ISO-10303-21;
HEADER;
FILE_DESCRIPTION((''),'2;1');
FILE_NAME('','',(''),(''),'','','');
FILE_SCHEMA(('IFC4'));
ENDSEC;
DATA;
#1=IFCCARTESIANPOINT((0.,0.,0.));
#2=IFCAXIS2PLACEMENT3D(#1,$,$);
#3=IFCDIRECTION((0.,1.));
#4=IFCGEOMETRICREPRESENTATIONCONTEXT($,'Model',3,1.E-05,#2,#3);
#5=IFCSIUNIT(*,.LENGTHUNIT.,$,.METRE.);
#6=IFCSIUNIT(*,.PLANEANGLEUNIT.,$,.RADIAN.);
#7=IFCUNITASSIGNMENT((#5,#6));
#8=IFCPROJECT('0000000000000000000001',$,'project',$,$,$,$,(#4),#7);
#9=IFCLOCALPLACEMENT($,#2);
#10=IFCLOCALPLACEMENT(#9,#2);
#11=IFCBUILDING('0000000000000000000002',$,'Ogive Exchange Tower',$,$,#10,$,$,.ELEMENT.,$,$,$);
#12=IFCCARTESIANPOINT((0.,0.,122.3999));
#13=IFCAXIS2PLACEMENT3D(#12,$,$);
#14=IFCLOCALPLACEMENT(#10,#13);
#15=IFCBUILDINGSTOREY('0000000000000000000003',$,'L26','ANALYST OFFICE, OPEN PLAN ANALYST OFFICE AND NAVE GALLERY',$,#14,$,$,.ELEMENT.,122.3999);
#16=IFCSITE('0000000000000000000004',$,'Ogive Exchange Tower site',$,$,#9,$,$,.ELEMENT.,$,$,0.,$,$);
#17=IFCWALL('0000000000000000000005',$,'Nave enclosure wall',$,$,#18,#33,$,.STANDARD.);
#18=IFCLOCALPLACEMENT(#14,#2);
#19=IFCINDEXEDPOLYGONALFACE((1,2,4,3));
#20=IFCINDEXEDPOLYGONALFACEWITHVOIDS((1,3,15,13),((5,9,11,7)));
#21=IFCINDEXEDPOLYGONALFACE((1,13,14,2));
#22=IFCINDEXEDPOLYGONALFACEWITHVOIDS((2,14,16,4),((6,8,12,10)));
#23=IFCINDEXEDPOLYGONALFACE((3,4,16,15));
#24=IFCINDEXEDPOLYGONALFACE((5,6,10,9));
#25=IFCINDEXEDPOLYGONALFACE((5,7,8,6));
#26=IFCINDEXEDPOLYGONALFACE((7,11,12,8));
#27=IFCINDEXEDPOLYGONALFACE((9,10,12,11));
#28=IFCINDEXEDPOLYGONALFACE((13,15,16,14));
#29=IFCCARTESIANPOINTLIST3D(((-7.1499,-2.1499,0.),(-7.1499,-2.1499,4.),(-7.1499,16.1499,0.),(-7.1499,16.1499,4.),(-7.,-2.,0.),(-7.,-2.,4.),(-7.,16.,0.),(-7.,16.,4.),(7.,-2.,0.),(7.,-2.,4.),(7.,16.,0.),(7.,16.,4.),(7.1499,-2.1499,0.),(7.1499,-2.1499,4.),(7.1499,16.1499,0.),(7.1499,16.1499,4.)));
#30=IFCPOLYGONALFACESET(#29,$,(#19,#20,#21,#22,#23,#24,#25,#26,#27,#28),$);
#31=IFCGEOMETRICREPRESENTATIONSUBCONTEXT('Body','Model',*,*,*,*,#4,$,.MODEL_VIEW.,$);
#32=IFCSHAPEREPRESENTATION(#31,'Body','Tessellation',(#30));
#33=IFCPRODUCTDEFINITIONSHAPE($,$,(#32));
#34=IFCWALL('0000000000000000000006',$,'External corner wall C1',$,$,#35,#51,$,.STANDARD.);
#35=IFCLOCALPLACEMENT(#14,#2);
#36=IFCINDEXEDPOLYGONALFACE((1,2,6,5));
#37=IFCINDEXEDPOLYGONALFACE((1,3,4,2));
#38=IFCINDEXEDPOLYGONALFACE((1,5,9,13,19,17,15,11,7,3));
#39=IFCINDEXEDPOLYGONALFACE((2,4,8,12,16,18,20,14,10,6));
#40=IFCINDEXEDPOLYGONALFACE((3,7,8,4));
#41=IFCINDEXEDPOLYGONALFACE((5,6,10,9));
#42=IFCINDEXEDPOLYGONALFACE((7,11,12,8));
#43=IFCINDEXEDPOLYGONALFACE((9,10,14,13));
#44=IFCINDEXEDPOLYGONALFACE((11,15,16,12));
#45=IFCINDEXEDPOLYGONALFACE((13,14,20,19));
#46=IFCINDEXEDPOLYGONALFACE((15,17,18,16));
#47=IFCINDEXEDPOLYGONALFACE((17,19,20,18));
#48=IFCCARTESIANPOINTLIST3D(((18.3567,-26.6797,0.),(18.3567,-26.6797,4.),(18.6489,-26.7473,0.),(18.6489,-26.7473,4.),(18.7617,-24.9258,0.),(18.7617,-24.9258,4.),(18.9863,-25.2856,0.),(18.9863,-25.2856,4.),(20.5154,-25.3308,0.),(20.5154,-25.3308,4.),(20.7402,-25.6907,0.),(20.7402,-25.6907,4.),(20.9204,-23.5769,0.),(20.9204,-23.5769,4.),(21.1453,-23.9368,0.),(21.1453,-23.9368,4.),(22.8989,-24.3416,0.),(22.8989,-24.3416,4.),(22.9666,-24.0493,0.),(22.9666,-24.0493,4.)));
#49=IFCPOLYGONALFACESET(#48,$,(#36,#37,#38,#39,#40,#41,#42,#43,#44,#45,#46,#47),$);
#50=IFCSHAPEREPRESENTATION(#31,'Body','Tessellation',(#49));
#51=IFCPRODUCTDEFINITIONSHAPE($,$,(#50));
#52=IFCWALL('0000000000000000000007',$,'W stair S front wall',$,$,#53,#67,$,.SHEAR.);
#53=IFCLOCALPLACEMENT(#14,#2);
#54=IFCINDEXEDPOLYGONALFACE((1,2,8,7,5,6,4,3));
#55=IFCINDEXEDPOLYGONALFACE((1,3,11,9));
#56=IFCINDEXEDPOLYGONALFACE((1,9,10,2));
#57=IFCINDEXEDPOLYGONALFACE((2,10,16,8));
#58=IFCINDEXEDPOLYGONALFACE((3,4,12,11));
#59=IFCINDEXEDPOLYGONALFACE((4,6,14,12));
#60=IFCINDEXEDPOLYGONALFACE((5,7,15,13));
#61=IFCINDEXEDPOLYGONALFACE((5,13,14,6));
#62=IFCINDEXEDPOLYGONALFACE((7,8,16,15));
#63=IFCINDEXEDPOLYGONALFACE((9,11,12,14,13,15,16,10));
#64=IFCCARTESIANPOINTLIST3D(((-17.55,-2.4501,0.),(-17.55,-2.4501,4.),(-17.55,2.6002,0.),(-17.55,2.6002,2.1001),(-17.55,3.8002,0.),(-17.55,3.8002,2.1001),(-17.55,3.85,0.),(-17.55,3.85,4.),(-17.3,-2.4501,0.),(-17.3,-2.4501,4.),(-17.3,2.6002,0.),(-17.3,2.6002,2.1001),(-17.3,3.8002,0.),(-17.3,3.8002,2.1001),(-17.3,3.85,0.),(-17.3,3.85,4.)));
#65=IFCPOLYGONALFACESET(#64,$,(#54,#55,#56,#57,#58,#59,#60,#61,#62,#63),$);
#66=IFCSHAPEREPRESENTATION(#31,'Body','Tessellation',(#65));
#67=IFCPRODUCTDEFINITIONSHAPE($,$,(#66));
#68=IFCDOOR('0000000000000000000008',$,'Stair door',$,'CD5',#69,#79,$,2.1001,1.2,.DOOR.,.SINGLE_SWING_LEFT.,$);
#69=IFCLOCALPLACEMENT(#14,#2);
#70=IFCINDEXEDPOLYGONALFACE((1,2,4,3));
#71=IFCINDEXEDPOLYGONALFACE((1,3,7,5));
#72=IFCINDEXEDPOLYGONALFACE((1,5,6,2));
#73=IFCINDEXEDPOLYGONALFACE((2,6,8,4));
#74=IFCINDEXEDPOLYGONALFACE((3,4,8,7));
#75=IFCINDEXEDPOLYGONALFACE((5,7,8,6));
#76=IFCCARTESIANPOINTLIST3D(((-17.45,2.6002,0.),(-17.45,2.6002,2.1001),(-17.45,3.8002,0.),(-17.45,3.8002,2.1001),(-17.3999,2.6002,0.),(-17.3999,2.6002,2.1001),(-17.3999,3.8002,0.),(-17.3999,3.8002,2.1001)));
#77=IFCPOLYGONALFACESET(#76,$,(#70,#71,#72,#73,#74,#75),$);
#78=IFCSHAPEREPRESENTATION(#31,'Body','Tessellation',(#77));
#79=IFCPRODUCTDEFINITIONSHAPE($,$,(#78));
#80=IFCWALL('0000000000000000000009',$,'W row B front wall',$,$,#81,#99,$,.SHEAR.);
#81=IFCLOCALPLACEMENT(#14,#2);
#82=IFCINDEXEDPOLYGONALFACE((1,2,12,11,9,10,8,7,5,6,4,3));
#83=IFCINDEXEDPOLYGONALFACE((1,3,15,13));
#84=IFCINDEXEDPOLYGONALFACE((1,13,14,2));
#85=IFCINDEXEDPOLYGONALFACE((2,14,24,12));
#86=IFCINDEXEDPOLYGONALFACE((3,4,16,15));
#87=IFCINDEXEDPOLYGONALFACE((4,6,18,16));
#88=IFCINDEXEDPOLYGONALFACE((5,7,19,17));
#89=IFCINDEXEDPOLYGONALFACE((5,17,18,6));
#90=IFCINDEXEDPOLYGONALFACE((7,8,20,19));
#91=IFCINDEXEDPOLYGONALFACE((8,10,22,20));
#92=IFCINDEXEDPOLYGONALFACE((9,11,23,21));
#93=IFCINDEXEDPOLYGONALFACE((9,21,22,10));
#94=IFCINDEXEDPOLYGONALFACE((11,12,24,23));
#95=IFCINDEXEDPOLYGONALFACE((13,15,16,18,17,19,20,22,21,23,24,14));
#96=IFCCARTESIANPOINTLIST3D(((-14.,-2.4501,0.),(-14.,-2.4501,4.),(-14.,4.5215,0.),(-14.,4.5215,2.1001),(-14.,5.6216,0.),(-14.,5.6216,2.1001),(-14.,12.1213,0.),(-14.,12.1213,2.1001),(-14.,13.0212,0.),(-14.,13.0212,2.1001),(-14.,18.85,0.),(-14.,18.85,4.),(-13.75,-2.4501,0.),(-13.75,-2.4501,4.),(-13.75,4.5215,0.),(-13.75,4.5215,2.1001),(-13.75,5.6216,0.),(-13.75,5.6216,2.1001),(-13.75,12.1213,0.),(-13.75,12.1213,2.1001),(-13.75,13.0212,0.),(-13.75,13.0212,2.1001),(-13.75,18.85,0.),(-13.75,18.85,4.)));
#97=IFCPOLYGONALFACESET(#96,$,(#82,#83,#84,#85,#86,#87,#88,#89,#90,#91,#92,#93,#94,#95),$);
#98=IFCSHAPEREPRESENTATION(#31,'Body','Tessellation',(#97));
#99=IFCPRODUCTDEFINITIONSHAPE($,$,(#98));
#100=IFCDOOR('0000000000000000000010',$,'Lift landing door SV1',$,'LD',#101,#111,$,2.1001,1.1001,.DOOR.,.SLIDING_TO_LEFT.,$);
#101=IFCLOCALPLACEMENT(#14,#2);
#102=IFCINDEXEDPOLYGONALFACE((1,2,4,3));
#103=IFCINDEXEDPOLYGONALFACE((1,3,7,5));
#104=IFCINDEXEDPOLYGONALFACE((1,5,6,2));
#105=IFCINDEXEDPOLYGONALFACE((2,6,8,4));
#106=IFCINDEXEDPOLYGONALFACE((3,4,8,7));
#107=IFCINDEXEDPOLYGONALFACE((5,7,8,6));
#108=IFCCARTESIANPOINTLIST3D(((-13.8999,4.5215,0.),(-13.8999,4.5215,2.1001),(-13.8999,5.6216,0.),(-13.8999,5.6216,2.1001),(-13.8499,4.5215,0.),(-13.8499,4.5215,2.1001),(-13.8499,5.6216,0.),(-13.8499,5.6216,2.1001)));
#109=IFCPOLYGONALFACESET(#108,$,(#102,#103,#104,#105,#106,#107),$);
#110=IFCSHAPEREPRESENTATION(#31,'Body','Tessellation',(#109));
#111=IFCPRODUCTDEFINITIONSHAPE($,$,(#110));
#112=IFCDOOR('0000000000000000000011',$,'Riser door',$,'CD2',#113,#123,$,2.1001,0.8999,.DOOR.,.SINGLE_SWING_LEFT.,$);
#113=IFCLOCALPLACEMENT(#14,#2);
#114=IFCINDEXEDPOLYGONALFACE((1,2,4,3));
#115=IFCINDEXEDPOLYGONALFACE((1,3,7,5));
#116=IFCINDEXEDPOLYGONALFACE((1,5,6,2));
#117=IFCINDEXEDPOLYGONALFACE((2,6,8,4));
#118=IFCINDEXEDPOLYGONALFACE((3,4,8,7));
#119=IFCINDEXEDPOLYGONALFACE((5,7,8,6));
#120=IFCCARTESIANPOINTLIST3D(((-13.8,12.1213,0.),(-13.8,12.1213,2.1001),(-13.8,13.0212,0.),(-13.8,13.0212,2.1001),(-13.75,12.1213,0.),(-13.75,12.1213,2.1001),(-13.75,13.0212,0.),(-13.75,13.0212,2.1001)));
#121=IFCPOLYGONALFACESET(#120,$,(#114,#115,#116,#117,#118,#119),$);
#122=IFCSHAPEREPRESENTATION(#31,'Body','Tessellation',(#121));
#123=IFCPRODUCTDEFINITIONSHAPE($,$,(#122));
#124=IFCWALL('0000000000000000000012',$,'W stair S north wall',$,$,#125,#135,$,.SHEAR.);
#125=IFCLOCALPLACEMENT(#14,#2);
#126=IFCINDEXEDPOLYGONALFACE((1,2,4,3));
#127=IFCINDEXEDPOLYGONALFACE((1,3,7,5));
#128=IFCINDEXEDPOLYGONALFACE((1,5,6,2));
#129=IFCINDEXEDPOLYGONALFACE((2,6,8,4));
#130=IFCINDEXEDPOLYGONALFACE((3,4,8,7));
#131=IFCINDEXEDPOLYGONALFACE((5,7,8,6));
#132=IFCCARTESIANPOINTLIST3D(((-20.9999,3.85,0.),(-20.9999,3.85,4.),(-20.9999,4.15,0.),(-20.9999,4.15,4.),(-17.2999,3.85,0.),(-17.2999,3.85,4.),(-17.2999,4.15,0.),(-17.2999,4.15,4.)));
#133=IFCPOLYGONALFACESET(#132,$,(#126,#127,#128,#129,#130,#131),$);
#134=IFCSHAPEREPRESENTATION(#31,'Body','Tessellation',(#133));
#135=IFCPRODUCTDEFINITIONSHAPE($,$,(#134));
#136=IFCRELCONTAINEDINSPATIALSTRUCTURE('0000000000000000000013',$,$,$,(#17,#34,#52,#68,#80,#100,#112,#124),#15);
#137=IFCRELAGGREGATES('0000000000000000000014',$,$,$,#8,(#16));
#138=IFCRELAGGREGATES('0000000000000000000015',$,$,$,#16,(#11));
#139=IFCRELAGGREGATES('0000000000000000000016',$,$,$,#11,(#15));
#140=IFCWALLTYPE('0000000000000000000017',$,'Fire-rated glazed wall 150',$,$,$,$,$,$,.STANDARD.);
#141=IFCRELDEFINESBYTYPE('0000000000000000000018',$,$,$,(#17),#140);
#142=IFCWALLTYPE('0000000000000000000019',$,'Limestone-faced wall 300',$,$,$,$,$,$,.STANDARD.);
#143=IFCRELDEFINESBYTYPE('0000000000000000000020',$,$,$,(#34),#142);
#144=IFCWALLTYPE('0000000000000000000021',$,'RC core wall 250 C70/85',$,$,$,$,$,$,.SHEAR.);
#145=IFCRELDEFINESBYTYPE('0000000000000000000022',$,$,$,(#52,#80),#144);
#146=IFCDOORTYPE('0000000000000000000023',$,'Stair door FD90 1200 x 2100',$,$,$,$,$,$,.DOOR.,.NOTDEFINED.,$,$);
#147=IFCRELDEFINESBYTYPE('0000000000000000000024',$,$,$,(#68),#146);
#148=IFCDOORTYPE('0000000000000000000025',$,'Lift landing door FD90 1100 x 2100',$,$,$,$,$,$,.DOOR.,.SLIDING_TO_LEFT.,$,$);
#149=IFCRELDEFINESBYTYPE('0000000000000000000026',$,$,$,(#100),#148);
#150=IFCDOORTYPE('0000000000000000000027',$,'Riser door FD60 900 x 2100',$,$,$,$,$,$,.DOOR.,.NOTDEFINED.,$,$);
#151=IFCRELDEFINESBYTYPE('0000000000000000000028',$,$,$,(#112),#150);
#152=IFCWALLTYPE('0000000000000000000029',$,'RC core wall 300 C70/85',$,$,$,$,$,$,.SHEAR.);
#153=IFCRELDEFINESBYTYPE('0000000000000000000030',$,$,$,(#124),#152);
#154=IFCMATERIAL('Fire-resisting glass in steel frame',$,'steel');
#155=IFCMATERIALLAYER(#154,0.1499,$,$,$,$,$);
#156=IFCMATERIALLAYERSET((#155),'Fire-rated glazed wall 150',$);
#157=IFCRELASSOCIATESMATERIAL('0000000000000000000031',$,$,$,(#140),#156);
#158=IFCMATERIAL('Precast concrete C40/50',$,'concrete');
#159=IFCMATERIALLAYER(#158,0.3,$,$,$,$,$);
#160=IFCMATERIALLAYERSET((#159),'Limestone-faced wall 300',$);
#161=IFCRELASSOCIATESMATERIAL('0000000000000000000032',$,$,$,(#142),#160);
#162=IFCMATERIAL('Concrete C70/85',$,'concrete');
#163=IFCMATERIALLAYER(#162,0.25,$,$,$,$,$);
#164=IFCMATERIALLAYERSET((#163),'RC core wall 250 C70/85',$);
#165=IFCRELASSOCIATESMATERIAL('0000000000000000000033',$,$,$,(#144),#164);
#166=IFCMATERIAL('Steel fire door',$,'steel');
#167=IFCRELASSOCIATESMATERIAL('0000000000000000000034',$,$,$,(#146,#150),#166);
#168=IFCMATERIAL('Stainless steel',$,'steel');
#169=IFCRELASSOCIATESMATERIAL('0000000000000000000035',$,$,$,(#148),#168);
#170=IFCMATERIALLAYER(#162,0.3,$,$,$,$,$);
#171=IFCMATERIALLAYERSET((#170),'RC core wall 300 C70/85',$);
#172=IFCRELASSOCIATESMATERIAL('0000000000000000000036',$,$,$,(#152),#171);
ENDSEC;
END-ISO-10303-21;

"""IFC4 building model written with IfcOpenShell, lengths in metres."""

from ifc_helpers import new_model, si_unit, direction, frame, frame_2d, origin, place, context, subcontext, project, spatial, polyline, rectangle, outline, extrude, material, layer, layer_set, type_object, element, fill, save


model = new_model("IFC4")

# Units and contexts
model_context = context("Model", 3, precision=1e-05, world=origin(), true_north=direction((0.0, 1.0)))
body_context = subcontext(model_context, "Body", "Model", "MODEL_VIEW")
ifc_project = project(units=[si_unit("LENGTHUNIT", "METRE"), si_unit("PLANEANGLEUNIT", "RADIAN")], contexts=[model_context])

# Site, building, storey
site_placement = place(None, origin())
site = spatial("IfcSite", under=ifc_project, at=site_placement, Name="Ogive Exchange Tower site", CompositionType="ELEMENT", RefElevation=0.0)
building_placement = place(site_placement, origin())
building = spatial("IfcBuilding", under=site, at=building_placement, Name="Ogive Exchange Tower", CompositionType="ELEMENT")
storey_placement = place(building_placement, frame((0.0, 0.0, 122.3999)))
storey = spatial("IfcBuildingStorey", under=building, at=storey_placement, Name="L26", Description="ANALYST OFFICE, OPEN PLAN ANALYST OFFICE AND NAVE GALLERY", CompositionType="ELEMENT", Elevation=122.3999)

# Walls
ifc_material_1 = material(Name="Fire-resisting glass in steel frame", Category="steel")
ifc_layer_1 = layer(ifc_material_1, 0.1499)
ifc_layer_set_1 = layer_set([ifc_layer_1], Name="Fire-rated glazed wall 150")
wall_type_1 = type_object("IfcWallType", Name="Fire-rated glazed wall 150", PredefinedType="STANDARD", material=ifc_layer_set_1)
wall_1_placement = place(storey_placement, origin())
element("IfcWall", 1, at=wall_1_placement, inside=storey, type_object=wall_type_1, Name="Nave enclosure wall", PredefinedType="STANDARD", context=body_context, shape_type="SweptSolid", body=[
    extrude(outline(polyline([(-7.1499, -2.1499), (7.1499, -2.1499), (7.1499, 16.1499), (-7.1499, 16.1499), (-7.1499, -2.1499)]), holes=[polyline([(-7.0, -2.0), (-7.0, 16.0), (7.0, 16.0), (7.0, -2.0), (-7.0, -2.0)])]), origin(), (0.0, 0.0, 1.0), 4.0),
])
ifc_material_2 = material(Name="Precast concrete C40/50", Category="concrete")
ifc_layer_2 = layer(ifc_material_2, 0.3)
ifc_layer_set_2 = layer_set([ifc_layer_2], Name="Limestone-faced wall 300")
wall_type_2 = type_object("IfcWallType", Name="Limestone-faced wall 300", PredefinedType="STANDARD", material=ifc_layer_set_2)
wall_2_placement = place(storey_placement, origin())
element("IfcWall", 2, at=wall_2_placement, inside=storey, type_object=wall_type_2, Name="External corner wall C1", PredefinedType="STANDARD", context=body_context, shape_type="SweptSolid", body=[
    extrude(outline(polyline([(20.5154, -25.3308), (20.9204, -23.5769), (22.9666, -24.0493), (22.8989, -24.3416), (21.1453, -23.9368), (20.7402, -25.6907), (18.9863, -25.2856), (18.6489, -26.7473), (18.3567, -26.6797), (18.7617, -24.9258), (20.5154, -25.3308)])), origin(), (0.0, 0.0, 1.0), 4.0),
])

# Wall, opening, door
ifc_material_3 = material(Name="Concrete C70/85", Category="concrete")
ifc_layer_3 = layer(ifc_material_3, 0.25)
ifc_layer_set_3 = layer_set([ifc_layer_3], Name="RC core wall 250 C70/85")
wall_type_3 = type_object("IfcWallType", Name="RC core wall 250 C70/85", PredefinedType="SHEAR", material=ifc_layer_set_3)
wall_3_placement = place(storey_placement, frame((-17.425, -2.45, 0.0), z_axis=(0.0, 0.0, 1.0), x_axis=(0.0, 1.0, 0.0)))
wall_3 = element("IfcWall", 3, at=wall_3_placement, inside=storey, type_object=wall_type_3, Name="W stair S front wall", PredefinedType="SHEAR", context=body_context, shape_type="SweptSolid", body=[
    extrude(rectangle(XDim=6.3, YDim=0.25, at=frame_2d((3.1499, 0.0))), origin(), (0.0, 0.0, 1.0), 4.0),
])
opening_1_placement = place(wall_3_placement, frame((5.05, 0.0, 0.0)))
opening_1 = element("IfcOpeningElement", 4, at=opening_1_placement, cuts=wall_3, PredefinedType="OPENING", context=body_context, shape_type="SweptSolid", body=[
    extrude(rectangle(XDim=1.2, YDim=2.1001, at=frame_2d((0.6001, 1.05))), frame((0.0, 0.135, 0.0), z_axis=(0.0, -1.0, 0.0), x_axis=(1.0, 0.0, 0.0)), (0.0, 0.0, 1.0), 0.27),
])
ifc_material_4 = material(Name="Steel fire door", Category="steel")
door_type_1 = type_object("IfcDoorType", Name="Stair door FD90 1200 x 2100", OperationType="NOTDEFINED", PredefinedType="DOOR", material=ifc_material_4)
door_1_placement = place(opening_1_placement, origin())
door_1 = element("IfcDoor", 5, at=door_1_placement, inside=storey, type_object=door_type_1, Name="Stair door", ObjectType="CD5", OperationType="SINGLE_SWING_LEFT", OverallHeight=2.1001, OverallWidth=1.2, PredefinedType="DOOR", context=body_context, shape_type="SweptSolid", body=[
    extrude(rectangle(XDim=1.2, YDim=2.1001, at=frame_2d((0.6001, 1.05))), frame((0.0, 0.0249, 0.0), z_axis=(0.0, -1.0, 0.0), x_axis=(1.0, 0.0, 0.0)), (0.0, 0.0, 1.0), 0.05),
])
fill(opening_1, door_1)

# Wall, openings, doors
wall_4_placement = place(storey_placement, frame((-13.875, -2.45, 0.0), z_axis=(0.0, 0.0, 1.0), x_axis=(0.0, 1.0, 0.0)))
wall_4 = element("IfcWall", 6, at=wall_4_placement, inside=storey, type_object=wall_type_3, Name="W row B front wall", PredefinedType="SHEAR", context=body_context, shape_type="SweptSolid", body=[
    extrude(rectangle(XDim=21.3, YDim=0.25, at=frame_2d((10.6499, 0.0))), origin(), (0.0, 0.0, 1.0), 4.0),
])
opening_2_placement = place(wall_4_placement, frame((14.5713, 0.0, 0.0)))
opening_2 = element("IfcOpeningElement", 7, at=opening_2_placement, cuts=wall_4, PredefinedType="OPENING", context=body_context, shape_type="SweptSolid", body=[
    extrude(rectangle(XDim=0.8999, YDim=2.1001, at=frame_2d((0.45, 1.05))), frame((0.0, 0.135, 0.0), z_axis=(0.0, -1.0, 0.0), x_axis=(1.0, 0.0, 0.0)), (0.0, 0.0, 1.0), 0.27),
])
opening_3_placement = place(wall_4_placement, frame((6.9714, 0.0, 0.0)))
opening_3 = element("IfcOpeningElement", 8, at=opening_3_placement, cuts=wall_4, PredefinedType="OPENING", context=body_context, shape_type="SweptSolid", body=[
    extrude(rectangle(XDim=1.1001, YDim=2.1001, at=frame_2d((0.55, 1.05))), frame((0.0, 0.135, 0.0), z_axis=(0.0, -1.0, 0.0), x_axis=(1.0, 0.0, 0.0)), (0.0, 0.0, 1.0), 0.27),
])
ifc_material_5 = material(Name="Stainless steel", Category="steel")
door_type_2 = type_object("IfcDoorType", Name="Lift landing door FD90 1100 x 2100", OperationType="SLIDING_TO_LEFT", PredefinedType="DOOR", material=ifc_material_5)
door_2_placement = place(opening_3_placement, origin())
door_2 = element("IfcDoor", 9, at=door_2_placement, inside=storey, type_object=door_type_2, Name="Lift landing door SV1", ObjectType="LD", OperationType="SLIDING_TO_LEFT", OverallHeight=2.1001, OverallWidth=1.1001, PredefinedType="DOOR", context=body_context, shape_type="SweptSolid", body=[
    extrude(rectangle(XDim=1.1001, YDim=2.1001, at=frame_2d((0.55, 1.05))), frame((0.0, 0.0249, 0.0), z_axis=(0.0, -1.0, 0.0), x_axis=(1.0, 0.0, 0.0)), (0.0, 0.0, 1.0), 0.05),
])
fill(opening_3, door_2)
door_type_3 = type_object("IfcDoorType", Name="Riser door FD60 900 x 2100", OperationType="NOTDEFINED", PredefinedType="DOOR", material=ifc_material_4)
door_3_placement = place(opening_2_placement, frame((0.8999, -0.2002, 0.0), z_axis=(0.0, 0.0, 1.0), x_axis=(-1.0, 0.0, 0.0)))
door_3 = element("IfcDoor", 10, at=door_3_placement, inside=storey, type_object=door_type_3, Name="Riser door", ObjectType="CD2", OperationType="SINGLE_SWING_LEFT", OverallHeight=2.1001, OverallWidth=0.8999, PredefinedType="DOOR", context=body_context, shape_type="SweptSolid", body=[
    extrude(rectangle(XDim=0.8999, YDim=2.1001, at=frame_2d((0.45, 1.05))), frame((0.0, -0.0752, 0.0), z_axis=(0.0, -1.0, 0.0), x_axis=(1.0, 0.0, 0.0)), (0.0, 0.0, 1.0), 0.05),
])
fill(opening_2, door_3)

# Wall
ifc_layer_4 = layer(ifc_material_3, 0.3)
ifc_layer_set_4 = layer_set([ifc_layer_4], Name="RC core wall 300 C70/85")
wall_type_4 = type_object("IfcWallType", Name="RC core wall 300 C70/85", PredefinedType="SHEAR", material=ifc_layer_set_4)
wall_5_placement = place(storey_placement, frame((-21.0, 4.0, 0.0), z_axis=(0.0, 0.0, 1.0), x_axis=(1.0, 0.0, 0.0)))
element("IfcWall", 11, at=wall_5_placement, inside=storey, type_object=wall_type_4, Name="W stair S north wall", PredefinedType="SHEAR", context=body_context, shape_type="SweptSolid", body=[
    extrude(rectangle(XDim=3.7, YDim=0.3, at=frame_2d((1.8501, 0.0))), origin(), (0.0, 0.0, 1.0), 4.0),
])

save(model, "model.ifc")
